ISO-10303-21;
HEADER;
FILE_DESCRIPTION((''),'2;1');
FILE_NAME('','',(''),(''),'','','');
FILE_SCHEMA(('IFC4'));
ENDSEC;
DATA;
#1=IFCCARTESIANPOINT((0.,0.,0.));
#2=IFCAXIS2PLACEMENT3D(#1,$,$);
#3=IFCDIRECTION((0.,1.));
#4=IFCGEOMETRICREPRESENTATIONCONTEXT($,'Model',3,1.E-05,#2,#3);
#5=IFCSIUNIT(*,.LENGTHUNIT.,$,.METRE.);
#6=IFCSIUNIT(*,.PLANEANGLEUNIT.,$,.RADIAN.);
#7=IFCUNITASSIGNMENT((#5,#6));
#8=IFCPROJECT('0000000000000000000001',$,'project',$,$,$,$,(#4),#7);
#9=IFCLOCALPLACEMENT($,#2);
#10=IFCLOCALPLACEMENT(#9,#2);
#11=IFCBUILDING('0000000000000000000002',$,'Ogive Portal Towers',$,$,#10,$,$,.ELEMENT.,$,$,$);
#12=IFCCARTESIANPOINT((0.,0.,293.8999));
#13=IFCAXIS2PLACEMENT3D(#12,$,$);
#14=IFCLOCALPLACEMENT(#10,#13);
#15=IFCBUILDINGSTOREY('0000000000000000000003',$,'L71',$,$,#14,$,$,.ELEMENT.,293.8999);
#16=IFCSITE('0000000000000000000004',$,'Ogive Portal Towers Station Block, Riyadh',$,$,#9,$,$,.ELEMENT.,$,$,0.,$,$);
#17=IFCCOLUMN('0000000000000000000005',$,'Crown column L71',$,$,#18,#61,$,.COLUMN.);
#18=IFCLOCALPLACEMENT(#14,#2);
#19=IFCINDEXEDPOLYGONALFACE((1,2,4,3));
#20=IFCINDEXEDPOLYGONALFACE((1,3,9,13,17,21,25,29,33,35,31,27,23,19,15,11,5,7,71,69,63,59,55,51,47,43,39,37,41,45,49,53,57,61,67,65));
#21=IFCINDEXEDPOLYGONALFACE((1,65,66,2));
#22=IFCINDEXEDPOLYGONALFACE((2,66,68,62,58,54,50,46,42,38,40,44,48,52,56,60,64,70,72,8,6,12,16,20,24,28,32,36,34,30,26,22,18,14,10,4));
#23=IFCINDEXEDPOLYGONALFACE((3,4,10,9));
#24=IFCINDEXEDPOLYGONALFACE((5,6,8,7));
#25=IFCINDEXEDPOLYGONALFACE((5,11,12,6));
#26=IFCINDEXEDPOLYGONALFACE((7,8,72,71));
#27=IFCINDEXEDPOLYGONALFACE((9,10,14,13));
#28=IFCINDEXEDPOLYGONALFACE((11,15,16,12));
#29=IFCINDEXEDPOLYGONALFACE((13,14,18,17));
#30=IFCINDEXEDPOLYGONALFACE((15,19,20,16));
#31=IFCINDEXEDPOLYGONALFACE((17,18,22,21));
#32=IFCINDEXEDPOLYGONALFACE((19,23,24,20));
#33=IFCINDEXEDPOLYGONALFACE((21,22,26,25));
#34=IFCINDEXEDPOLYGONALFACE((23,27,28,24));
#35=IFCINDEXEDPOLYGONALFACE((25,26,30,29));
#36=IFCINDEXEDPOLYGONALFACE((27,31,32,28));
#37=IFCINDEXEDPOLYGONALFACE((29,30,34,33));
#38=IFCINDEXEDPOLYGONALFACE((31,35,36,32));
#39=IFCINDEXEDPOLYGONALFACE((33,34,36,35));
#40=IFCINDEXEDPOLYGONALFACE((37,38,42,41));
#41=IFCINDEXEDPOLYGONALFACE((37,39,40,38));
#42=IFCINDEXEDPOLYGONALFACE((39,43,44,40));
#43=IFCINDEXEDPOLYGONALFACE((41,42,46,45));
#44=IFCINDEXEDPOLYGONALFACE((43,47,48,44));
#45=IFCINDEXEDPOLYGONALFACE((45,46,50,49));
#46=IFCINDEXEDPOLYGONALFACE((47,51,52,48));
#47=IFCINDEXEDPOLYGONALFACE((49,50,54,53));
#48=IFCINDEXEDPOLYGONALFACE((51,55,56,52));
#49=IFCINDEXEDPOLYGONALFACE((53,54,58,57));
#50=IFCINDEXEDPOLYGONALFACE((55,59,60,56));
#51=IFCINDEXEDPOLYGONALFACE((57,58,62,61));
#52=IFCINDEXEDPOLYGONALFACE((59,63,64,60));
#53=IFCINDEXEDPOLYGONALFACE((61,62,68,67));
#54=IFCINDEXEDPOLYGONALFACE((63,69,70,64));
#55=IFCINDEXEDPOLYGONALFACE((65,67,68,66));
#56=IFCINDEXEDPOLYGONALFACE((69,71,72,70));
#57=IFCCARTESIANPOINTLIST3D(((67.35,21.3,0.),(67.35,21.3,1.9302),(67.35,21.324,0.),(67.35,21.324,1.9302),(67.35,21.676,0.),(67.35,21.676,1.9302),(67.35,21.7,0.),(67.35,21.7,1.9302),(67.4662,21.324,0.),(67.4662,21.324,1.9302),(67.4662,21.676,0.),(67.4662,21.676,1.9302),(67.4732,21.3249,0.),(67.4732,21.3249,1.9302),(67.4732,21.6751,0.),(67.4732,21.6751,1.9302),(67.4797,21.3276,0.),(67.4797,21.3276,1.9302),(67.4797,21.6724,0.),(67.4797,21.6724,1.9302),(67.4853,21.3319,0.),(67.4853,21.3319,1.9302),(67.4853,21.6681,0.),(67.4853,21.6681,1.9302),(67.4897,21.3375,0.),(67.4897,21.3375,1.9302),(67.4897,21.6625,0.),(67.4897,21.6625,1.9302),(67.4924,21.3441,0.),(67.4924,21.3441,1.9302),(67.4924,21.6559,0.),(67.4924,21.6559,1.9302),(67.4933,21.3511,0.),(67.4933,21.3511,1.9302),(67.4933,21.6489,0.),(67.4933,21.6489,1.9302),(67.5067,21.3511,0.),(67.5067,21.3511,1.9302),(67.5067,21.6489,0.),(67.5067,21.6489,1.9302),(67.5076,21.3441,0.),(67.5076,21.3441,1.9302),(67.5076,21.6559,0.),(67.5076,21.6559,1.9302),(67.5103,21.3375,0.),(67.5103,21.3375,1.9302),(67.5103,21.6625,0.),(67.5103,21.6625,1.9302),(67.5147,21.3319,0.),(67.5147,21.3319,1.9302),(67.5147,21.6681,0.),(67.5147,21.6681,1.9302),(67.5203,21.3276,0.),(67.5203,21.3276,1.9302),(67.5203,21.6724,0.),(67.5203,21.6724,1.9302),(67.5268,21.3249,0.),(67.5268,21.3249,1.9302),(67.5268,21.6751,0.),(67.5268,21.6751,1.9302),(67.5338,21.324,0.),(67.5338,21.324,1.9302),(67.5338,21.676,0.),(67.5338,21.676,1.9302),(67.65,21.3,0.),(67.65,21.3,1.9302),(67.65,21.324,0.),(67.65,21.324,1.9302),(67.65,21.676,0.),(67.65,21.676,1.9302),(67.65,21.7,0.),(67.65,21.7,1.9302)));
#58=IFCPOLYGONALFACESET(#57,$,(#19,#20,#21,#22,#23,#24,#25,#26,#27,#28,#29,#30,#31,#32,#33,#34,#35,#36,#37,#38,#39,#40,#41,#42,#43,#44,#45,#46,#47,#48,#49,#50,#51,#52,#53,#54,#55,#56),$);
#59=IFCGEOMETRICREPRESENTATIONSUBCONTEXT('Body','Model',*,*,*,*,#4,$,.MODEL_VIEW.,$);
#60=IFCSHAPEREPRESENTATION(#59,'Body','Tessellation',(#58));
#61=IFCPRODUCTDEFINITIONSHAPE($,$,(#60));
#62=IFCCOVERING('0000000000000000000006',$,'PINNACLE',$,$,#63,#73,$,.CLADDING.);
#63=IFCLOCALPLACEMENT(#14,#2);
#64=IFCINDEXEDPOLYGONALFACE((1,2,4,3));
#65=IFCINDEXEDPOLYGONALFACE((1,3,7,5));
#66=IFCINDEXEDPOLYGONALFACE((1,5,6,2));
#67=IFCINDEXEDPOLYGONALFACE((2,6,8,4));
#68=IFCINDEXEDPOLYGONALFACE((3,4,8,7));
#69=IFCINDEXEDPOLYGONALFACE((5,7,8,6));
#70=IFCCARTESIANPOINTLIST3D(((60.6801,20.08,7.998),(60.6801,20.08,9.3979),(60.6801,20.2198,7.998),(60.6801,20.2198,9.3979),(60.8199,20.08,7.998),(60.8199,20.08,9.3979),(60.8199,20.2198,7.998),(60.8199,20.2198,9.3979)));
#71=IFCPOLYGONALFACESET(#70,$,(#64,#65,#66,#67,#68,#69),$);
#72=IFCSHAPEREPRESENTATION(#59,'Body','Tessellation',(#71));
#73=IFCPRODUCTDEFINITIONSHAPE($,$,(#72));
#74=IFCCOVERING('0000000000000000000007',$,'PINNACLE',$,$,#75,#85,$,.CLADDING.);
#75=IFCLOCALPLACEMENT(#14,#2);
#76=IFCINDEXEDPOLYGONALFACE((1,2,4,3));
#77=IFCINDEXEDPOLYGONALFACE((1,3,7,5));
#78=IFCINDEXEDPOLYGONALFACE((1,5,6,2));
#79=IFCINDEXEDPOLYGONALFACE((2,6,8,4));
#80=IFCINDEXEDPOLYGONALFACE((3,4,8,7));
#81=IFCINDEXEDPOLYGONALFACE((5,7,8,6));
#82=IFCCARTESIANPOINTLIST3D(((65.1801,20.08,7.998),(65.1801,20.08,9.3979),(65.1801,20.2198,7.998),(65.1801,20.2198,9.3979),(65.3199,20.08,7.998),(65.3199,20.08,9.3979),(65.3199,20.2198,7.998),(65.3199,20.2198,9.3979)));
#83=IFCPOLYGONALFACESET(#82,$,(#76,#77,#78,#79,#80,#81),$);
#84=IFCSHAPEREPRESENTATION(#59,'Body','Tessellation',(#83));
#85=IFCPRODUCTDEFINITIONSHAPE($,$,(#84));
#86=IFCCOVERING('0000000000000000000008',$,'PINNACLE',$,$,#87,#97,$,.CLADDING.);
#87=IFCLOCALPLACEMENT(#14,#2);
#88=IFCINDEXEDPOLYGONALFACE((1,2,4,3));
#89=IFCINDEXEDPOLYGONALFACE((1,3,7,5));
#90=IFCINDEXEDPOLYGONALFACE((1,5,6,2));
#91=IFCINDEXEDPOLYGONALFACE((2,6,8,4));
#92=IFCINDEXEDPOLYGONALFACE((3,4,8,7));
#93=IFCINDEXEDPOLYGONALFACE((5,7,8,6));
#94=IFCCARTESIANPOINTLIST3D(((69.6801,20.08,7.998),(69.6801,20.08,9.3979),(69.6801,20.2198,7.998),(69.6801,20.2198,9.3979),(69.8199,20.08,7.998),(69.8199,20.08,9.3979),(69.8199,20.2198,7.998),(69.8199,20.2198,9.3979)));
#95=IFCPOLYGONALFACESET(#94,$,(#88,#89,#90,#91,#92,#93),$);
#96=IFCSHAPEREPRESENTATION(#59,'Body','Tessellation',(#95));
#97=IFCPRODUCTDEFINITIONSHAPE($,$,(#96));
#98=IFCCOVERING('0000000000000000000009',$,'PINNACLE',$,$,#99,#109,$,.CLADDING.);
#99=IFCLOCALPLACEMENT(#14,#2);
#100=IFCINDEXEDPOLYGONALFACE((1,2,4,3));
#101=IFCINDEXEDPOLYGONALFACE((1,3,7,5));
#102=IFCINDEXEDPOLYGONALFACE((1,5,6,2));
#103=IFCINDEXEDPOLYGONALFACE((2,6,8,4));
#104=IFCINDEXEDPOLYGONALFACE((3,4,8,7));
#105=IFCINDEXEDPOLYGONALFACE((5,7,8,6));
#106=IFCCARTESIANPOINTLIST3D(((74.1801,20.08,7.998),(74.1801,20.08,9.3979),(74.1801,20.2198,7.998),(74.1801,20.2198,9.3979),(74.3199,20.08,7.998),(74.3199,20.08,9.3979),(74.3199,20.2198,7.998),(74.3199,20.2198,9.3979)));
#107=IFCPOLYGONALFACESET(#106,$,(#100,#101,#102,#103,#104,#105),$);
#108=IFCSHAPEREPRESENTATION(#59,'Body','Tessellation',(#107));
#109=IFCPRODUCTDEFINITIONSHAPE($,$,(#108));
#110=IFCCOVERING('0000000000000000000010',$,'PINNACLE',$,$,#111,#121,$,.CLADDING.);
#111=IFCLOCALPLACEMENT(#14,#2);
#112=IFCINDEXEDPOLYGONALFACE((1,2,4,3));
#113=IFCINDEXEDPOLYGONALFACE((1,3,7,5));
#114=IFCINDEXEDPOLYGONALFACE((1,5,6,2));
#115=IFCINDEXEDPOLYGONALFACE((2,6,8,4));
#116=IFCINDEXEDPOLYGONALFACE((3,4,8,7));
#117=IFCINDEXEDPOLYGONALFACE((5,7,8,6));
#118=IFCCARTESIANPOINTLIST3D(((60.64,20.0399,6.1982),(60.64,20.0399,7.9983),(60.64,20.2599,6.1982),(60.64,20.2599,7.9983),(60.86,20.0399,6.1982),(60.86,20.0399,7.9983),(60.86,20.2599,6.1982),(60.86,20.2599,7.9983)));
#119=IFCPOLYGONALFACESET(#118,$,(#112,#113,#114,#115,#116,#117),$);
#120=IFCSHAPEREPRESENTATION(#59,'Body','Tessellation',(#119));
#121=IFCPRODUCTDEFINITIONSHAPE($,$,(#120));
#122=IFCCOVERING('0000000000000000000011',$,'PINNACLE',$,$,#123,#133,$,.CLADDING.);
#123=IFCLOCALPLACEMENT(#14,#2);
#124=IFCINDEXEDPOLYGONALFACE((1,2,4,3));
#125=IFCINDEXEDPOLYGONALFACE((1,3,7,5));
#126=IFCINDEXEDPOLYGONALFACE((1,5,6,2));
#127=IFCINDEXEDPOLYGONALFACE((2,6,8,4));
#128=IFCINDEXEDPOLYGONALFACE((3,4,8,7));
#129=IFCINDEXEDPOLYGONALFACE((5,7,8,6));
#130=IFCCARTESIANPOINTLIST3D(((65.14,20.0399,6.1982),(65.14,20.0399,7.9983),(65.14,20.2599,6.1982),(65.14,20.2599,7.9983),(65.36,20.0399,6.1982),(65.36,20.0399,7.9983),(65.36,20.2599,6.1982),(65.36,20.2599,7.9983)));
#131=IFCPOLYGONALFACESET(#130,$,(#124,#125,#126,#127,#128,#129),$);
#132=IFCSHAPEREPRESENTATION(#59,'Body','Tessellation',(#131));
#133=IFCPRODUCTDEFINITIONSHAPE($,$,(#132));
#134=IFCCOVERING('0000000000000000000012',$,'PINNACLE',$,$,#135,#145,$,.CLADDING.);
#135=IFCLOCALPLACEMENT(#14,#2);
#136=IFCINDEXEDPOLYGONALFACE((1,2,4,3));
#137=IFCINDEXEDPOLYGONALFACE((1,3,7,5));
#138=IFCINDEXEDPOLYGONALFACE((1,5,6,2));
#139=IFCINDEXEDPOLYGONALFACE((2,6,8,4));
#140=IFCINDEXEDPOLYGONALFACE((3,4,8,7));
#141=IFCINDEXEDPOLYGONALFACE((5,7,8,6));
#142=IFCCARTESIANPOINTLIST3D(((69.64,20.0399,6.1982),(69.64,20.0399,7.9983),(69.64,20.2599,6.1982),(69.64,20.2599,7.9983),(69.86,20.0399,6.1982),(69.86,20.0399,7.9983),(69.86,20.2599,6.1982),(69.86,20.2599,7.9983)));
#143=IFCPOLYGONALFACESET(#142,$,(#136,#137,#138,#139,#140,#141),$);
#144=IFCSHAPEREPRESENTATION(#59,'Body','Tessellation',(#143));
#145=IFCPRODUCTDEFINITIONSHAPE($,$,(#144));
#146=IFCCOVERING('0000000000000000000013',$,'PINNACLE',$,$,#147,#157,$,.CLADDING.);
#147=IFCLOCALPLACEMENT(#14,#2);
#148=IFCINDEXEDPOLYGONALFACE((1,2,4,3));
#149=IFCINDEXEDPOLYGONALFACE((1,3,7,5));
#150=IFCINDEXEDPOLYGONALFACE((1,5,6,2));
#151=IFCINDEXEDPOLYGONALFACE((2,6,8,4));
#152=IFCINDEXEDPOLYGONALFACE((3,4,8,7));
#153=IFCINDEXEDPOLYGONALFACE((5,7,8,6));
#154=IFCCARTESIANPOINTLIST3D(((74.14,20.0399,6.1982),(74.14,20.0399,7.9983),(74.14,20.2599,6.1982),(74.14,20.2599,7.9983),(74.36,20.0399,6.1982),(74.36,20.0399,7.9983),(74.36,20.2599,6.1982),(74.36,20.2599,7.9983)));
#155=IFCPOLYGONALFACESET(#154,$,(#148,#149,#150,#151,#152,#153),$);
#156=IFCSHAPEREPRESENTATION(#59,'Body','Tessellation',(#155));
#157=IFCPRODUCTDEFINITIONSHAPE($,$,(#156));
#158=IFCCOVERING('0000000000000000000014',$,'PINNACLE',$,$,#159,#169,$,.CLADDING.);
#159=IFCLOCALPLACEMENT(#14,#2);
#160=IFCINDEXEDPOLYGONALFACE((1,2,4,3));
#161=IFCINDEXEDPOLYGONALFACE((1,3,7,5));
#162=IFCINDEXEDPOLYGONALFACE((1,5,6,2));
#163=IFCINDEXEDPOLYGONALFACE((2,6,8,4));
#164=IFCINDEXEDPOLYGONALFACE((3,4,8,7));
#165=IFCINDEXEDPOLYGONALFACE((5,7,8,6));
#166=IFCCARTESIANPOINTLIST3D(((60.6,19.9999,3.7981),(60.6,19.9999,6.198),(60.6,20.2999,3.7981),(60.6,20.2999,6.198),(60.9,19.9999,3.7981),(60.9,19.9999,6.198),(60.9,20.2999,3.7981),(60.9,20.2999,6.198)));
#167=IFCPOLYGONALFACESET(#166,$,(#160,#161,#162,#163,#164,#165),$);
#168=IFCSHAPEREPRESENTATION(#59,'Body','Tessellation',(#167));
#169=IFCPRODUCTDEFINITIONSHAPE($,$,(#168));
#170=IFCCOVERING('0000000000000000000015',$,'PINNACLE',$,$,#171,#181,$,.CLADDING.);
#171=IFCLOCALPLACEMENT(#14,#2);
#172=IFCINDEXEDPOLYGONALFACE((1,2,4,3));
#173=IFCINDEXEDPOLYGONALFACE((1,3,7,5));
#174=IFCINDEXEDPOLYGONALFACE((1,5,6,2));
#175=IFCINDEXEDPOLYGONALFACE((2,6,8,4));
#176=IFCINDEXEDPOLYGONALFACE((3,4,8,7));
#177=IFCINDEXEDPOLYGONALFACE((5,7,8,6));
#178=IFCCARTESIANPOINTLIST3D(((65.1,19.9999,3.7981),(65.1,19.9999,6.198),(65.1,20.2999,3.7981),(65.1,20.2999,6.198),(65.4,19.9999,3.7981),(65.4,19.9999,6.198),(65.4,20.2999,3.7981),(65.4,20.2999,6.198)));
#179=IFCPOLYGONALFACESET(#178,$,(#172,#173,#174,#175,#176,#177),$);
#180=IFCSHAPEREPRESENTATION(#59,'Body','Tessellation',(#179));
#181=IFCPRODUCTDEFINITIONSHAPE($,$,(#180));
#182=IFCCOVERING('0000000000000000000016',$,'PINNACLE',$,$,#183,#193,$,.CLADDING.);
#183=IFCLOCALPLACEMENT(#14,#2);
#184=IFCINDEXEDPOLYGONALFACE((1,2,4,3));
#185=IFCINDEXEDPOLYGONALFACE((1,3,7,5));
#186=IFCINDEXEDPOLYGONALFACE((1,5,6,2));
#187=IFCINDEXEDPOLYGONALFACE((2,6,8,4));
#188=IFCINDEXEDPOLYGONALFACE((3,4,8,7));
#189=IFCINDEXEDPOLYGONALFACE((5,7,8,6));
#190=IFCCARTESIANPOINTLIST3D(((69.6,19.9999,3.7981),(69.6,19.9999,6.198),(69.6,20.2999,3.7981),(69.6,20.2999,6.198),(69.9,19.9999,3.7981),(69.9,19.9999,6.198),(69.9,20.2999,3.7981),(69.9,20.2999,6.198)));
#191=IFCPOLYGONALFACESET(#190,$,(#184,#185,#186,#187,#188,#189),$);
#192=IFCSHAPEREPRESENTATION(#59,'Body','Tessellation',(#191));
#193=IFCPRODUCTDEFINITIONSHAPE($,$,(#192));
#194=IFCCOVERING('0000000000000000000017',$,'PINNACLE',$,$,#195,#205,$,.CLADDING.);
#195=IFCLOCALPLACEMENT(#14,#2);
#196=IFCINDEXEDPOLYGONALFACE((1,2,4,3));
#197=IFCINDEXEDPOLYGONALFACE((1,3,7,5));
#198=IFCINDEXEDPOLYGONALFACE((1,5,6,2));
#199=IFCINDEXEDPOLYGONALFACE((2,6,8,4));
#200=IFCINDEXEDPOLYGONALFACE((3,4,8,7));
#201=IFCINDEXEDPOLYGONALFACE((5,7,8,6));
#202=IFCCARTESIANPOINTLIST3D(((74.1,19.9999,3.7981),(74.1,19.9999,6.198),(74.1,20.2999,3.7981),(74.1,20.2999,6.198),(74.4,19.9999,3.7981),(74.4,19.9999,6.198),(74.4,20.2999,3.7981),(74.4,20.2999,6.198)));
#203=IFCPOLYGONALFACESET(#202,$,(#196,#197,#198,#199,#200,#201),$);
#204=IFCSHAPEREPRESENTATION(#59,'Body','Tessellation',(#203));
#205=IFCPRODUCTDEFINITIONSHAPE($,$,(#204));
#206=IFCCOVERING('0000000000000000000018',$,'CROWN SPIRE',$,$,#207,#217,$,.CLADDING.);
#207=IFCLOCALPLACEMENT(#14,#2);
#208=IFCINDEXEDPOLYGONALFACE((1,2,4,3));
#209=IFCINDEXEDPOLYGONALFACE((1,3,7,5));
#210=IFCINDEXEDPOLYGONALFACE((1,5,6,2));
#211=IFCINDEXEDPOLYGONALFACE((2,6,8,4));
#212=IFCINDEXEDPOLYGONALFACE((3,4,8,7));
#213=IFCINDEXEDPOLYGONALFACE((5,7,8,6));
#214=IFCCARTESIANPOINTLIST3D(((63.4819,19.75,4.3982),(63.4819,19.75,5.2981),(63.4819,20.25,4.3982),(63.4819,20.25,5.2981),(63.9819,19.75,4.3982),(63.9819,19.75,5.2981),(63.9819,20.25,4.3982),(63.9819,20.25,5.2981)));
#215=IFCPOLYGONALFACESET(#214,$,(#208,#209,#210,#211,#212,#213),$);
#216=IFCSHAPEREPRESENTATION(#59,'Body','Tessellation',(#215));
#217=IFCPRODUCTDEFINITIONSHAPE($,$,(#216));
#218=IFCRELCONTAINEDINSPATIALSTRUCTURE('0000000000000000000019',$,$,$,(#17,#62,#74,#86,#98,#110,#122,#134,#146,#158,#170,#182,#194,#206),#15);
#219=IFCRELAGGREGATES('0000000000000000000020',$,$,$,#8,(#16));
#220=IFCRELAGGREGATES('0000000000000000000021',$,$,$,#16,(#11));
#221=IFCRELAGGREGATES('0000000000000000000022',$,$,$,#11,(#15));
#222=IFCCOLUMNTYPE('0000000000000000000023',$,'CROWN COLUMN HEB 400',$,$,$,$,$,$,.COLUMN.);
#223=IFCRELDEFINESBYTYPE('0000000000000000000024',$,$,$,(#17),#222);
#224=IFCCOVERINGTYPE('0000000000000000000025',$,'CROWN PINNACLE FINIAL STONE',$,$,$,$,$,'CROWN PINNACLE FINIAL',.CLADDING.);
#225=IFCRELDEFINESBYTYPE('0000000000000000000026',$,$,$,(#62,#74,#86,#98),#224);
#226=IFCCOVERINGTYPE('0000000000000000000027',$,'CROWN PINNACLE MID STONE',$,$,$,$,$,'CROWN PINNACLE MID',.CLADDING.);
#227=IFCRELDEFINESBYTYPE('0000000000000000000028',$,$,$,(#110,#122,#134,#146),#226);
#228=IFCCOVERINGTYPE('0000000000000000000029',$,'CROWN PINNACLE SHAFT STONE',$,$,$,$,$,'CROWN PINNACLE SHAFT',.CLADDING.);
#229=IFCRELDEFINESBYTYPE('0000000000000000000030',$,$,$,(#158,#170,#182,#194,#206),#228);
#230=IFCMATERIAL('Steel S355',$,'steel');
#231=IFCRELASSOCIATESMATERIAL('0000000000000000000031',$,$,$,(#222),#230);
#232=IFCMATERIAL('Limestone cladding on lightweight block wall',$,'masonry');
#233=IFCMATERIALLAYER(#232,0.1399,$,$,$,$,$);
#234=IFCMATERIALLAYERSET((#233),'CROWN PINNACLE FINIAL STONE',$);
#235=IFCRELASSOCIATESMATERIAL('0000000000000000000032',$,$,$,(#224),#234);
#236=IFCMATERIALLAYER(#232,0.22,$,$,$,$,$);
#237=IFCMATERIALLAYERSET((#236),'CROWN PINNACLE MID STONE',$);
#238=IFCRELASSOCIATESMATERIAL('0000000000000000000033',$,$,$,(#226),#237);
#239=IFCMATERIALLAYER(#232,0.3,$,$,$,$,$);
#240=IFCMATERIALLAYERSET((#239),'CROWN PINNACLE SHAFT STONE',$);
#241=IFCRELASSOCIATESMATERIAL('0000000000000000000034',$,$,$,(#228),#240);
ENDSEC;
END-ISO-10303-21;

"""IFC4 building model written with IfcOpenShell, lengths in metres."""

from ifc_helpers import new_model, si_unit, direction, frame, origin, origin_2d, place, context, subcontext, project, spatial, rectangle, i_section, extrude, material, layer, layer_set, material_profile, profile_set, type_object, element, save


model = new_model("IFC4")

# Units and contexts
model_context = context("Model", 3, precision=1e-05, world=origin(), true_north=direction((0.0, 1.0)))
body_context = subcontext(model_context, "Body", "Model", "MODEL_VIEW")
ifc_project = project(units=[si_unit("LENGTHUNIT", "METRE"), si_unit("PLANEANGLEUNIT", "RADIAN")], contexts=[model_context])

# Site, building, storey
site_placement = place(None, origin())
site = spatial("IfcSite", under=ifc_project, at=site_placement, Name="Ogive Portal Towers Station Block, Riyadh", CompositionType="ELEMENT", RefElevation=0.0)
building_placement = place(site_placement, origin())
building = spatial("IfcBuilding", under=site, at=building_placement, Name="Ogive Portal Towers", CompositionType="ELEMENT")
storey_placement = place(building_placement, frame((0.0, 0.0, 293.8999)))
storey = spatial("IfcBuildingStorey", under=building, at=storey_placement, Name="L71", CompositionType="ELEMENT", Elevation=293.8999)

# Column
ifc_material_1 = material(Name="Steel S355", Category="steel")
ifc_material_profile = material_profile(ifc_material_1, i_section(OverallWidth=0.3, OverallDepth=0.3999, WebThickness=0.0134, FlangeThickness=0.0239, FilletRadius=0.0271, at=origin_2d()), Name="HEB 400")
ifc_profile_set = profile_set([ifc_material_profile], Name="Steel S355")
column_type = type_object("IfcColumnType", Name="CROWN COLUMN HEB 400", PredefinedType="COLUMN", material=ifc_profile_set)
column_placement = place(storey_placement, frame((67.5, 21.5, 0.0), z_axis=(0.0, 0.0, 1.0), x_axis=(1.0, 0.0, 0.0)))
element("IfcColumn", 1, at=column_placement, inside=storey, type_object=column_type, Name="Crown column L71", PredefinedType="COLUMN", context=body_context, shape_type="SweptSolid", body=[
    extrude(i_section(OverallWidth=0.3, OverallDepth=0.3999, WebThickness=0.0134, FlangeThickness=0.0239, FilletRadius=0.0271, at=origin_2d()), origin(), (0.0, 0.0, 1.0), 1.9302),
])

# Coverings
ifc_material_2 = material(Name="Limestone cladding on lightweight block wall", Category="masonry")
ifc_layer_1 = layer(ifc_material_2, 0.1399)
ifc_layer_set_1 = layer_set([ifc_layer_1], Name="CROWN PINNACLE FINIAL STONE")
covering_type_1 = type_object("IfcCoveringType", Name="CROWN PINNACLE FINIAL STONE", ElementType="CROWN PINNACLE FINIAL", PredefinedType="CLADDING", material=ifc_layer_set_1)
for number, where, z_axis, x_axis, name in (
    (2, (60.75, 20.1499, 7.998), (0.0, 0.0, 1.0), (1.0, 0.0, 0.0), "PINNACLE"),
    (3, (65.25, 20.1499, 7.998), (0.0, 0.0, 1.0), (1.0, 0.0, 0.0), "PINNACLE"),
    (4, (69.75, 20.1499, 7.998), (0.0, 0.0, 1.0), (1.0, 0.0, 0.0), "PINNACLE"),
    (5, (74.25, 20.1499, 7.998), (0.0, 0.0, 1.0), (1.0, 0.0, 0.0), "PINNACLE"),
):
    element("IfcCovering", number, at=place(storey_placement, frame(where, z_axis=z_axis, x_axis=x_axis)), inside=storey, type_object=covering_type_1, Name=name, PredefinedType="CLADDING", context=body_context, shape_type="SweptSolid", body=[
        extrude(rectangle(XDim=0.1399, YDim=0.1399, at=origin_2d()), origin(), (0.0, 0.0, 1.0), 1.3999),
    ])
ifc_layer_2 = layer(ifc_material_2, 0.22)
ifc_layer_set_2 = layer_set([ifc_layer_2], Name="CROWN PINNACLE MID STONE")
covering_type_2 = type_object("IfcCoveringType", Name="CROWN PINNACLE MID STONE", ElementType="CROWN PINNACLE MID", PredefinedType="CLADDING", material=ifc_layer_set_2)
for number, where, z_axis, x_axis, name in (
    (6, (60.75, 20.1499, 6.1982), (0.0, 0.0, 1.0), (1.0, 0.0, 0.0), "PINNACLE"),
    (7, (65.25, 20.1499, 6.1982), (0.0, 0.0, 1.0), (1.0, 0.0, 0.0), "PINNACLE"),
    (8, (69.75, 20.1499, 6.1982), (0.0, 0.0, 1.0), (1.0, 0.0, 0.0), "PINNACLE"),
    (9, (74.25, 20.1499, 6.1982), (0.0, 0.0, 1.0), (1.0, 0.0, 0.0), "PINNACLE"),
):
    element("IfcCovering", number, at=place(storey_placement, frame(where, z_axis=z_axis, x_axis=x_axis)), inside=storey, type_object=covering_type_2, Name=name, PredefinedType="CLADDING", context=body_context, shape_type="SweptSolid", body=[
        extrude(rectangle(XDim=0.22, YDim=0.22, at=origin_2d()), origin(), (0.0, 0.0, 1.0), 1.8),
    ])
ifc_layer_3 = layer(ifc_material_2, 0.3)
ifc_layer_set_3 = layer_set([ifc_layer_3], Name="CROWN PINNACLE SHAFT STONE")
covering_type_3 = type_object("IfcCoveringType", Name="CROWN PINNACLE SHAFT STONE", ElementType="CROWN PINNACLE SHAFT", PredefinedType="CLADDING", material=ifc_layer_set_3)
for number, where, z_axis, x_axis, name in (
    (10, (60.75, 20.1499, 3.7981), (0.0, 0.0, 1.0), (1.0, 0.0, 0.0), "PINNACLE"),
    (11, (65.25, 20.1499, 3.7981), (0.0, 0.0, 1.0), (1.0, 0.0, 0.0), "PINNACLE"),
    (12, (69.75, 20.1499, 3.7981), (0.0, 0.0, 1.0), (1.0, 0.0, 0.0), "PINNACLE"),
    (13, (74.25, 20.1499, 3.7981), (0.0, 0.0, 1.0), (1.0, 0.0, 0.0), "PINNACLE"),
):
    element("IfcCovering", number, at=place(storey_placement, frame(where, z_axis=z_axis, x_axis=x_axis)), inside=storey, type_object=covering_type_3, Name=name, PredefinedType="CLADDING", context=body_context, shape_type="SweptSolid", body=[
        extrude(rectangle(XDim=0.3, YDim=0.3, at=origin_2d()), origin(), (0.0, 0.0, 1.0), 2.3999),
    ])
covering_1_placement = place(storey_placement, frame((63.7319, 20.0, 4.3982), z_axis=(0.0, 0.0, 1.0), x_axis=(1.0, 0.0, 0.0)))
element("IfcCovering", 14, at=covering_1_placement, inside=storey, type_object=covering_type_3, Name="CROWN SPIRE", PredefinedType="CLADDING", context=body_context, shape_type="SweptSolid", body=[
    extrude(rectangle(XDim=0.5, YDim=0.5, at=origin_2d()), origin(), (0.0, 0.0, 1.0), 0.8999),
])

save(model, "model.ifc")
